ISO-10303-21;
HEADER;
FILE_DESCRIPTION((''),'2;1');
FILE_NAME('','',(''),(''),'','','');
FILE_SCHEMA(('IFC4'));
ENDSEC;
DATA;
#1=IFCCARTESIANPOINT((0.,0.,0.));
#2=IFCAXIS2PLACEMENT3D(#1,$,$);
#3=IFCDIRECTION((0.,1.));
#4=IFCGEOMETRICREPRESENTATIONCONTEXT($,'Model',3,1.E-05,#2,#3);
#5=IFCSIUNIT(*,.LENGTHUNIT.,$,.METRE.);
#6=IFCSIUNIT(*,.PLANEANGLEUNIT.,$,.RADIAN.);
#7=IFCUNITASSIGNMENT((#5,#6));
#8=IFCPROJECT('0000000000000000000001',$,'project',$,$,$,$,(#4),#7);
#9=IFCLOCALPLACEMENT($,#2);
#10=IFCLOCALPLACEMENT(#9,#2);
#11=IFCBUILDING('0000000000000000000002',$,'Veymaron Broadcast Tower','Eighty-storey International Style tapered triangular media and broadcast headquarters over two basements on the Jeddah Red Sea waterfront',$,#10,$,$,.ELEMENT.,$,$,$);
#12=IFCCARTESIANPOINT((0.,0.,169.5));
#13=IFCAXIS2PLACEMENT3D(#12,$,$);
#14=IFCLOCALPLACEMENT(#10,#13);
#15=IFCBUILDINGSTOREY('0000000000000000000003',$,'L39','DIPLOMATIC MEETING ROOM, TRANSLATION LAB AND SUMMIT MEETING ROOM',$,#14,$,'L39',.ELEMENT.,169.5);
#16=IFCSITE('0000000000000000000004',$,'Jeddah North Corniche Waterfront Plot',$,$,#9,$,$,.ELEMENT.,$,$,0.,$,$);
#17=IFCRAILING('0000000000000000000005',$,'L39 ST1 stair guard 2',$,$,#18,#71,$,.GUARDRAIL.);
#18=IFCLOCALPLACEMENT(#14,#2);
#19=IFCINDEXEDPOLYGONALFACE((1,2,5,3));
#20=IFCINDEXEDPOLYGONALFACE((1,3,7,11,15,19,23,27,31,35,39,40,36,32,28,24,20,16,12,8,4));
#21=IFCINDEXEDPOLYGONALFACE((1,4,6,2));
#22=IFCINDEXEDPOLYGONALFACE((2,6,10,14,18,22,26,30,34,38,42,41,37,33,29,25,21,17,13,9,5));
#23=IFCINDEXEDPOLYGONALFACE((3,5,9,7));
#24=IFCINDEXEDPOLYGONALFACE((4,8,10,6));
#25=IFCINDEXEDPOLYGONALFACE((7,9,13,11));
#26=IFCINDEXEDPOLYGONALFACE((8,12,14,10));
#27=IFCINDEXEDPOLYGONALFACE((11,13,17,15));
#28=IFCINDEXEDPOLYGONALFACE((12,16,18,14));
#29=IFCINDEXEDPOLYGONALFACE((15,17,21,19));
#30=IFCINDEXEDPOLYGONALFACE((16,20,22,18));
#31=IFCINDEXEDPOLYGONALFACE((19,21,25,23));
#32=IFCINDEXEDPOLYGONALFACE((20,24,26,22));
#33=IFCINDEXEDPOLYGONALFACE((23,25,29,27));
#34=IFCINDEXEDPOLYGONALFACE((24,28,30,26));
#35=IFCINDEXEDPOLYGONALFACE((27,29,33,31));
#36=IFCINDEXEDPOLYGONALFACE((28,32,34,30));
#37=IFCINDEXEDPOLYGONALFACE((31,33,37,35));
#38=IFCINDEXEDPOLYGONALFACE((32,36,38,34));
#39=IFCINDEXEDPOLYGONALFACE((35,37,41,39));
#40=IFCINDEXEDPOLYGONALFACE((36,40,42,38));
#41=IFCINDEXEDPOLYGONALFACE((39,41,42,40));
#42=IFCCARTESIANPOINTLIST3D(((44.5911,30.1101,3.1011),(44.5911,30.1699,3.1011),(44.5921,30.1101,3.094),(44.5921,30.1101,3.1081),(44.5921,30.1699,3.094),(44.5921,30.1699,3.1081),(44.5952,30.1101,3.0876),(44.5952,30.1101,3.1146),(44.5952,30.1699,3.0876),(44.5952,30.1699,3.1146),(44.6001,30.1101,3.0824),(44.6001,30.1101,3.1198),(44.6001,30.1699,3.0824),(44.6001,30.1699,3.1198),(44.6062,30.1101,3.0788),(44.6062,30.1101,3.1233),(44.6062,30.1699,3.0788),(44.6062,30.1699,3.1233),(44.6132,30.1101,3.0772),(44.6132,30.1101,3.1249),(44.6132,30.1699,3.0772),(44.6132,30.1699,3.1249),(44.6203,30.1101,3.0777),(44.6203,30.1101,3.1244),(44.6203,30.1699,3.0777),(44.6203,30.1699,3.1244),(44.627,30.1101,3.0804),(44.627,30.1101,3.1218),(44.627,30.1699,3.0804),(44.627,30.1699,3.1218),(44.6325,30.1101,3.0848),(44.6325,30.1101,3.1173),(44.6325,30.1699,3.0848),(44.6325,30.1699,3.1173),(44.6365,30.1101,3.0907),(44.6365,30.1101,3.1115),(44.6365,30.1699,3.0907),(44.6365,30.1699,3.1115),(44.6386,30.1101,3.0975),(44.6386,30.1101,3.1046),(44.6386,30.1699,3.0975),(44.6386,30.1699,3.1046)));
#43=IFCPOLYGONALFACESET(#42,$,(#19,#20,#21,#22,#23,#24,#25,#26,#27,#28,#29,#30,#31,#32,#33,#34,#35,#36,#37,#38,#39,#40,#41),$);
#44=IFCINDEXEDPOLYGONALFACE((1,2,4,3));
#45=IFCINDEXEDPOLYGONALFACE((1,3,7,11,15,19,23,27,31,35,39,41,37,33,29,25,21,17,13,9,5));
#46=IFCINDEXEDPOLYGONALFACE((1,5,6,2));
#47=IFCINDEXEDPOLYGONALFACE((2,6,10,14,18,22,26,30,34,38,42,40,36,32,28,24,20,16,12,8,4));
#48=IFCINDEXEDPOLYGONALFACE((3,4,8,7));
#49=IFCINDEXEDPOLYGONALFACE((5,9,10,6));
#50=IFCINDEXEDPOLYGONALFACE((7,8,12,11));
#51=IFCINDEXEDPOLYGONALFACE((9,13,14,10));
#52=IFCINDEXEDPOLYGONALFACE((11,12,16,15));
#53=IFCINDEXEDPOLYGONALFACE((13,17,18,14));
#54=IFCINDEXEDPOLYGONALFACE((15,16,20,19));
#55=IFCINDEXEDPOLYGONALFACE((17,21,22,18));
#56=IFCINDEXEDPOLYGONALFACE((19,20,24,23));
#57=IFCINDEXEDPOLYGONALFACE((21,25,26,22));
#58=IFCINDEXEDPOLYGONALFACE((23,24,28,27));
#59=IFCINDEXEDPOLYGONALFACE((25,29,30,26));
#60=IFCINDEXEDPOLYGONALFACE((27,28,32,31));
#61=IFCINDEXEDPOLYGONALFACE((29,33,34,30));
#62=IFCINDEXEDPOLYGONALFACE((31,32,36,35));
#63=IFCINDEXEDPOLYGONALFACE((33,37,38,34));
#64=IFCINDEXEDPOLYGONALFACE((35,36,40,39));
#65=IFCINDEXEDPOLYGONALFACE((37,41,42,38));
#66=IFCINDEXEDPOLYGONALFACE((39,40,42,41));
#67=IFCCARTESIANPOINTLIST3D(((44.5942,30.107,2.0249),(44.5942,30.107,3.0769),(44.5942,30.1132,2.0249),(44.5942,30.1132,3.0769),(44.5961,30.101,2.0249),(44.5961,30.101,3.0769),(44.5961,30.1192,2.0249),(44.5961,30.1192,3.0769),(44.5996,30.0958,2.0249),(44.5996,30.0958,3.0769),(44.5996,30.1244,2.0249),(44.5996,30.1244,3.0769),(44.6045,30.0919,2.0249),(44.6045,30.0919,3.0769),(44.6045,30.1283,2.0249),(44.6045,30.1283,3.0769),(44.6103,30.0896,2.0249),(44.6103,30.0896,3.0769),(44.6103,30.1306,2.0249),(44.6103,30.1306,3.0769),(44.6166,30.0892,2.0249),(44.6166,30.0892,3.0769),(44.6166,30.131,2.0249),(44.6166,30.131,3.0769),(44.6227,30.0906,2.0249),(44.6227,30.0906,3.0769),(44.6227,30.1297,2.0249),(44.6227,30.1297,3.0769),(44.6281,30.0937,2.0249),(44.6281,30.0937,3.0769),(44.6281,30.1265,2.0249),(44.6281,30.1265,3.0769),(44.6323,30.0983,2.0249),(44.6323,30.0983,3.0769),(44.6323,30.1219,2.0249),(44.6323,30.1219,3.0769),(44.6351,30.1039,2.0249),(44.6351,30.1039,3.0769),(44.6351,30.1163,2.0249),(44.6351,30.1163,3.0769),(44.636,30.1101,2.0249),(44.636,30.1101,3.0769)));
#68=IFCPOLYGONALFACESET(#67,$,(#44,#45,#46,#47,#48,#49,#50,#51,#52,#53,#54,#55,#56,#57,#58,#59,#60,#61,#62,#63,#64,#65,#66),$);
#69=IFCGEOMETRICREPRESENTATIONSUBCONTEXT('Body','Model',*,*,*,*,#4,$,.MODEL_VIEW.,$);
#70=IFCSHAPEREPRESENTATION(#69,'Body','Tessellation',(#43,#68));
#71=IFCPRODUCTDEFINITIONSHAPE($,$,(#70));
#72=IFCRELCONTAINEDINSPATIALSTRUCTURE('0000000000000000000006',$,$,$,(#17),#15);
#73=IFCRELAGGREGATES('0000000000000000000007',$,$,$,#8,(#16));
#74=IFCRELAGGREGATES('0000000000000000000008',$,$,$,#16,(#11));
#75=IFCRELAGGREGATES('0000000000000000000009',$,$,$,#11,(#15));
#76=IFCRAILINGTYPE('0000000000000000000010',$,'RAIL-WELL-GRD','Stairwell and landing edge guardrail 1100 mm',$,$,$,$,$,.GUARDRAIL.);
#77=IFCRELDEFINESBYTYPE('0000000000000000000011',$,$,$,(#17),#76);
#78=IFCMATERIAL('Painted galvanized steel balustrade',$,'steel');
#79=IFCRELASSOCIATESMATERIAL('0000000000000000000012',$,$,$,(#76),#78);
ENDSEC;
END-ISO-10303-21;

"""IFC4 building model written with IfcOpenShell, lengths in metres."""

from ifc_helpers import new_model, si_unit, direction, frame, origin, origin_2d, place, context, subcontext, project, spatial, circle, extrude, material, type_object, element, save


model = new_model("IFC4")

# Units and contexts
model_context = context("Model", 3, precision=1e-05, world=origin(), true_north=direction((0.0, 1.0)))
body_context = subcontext(model_context, "Body", "Model", "MODEL_VIEW")
ifc_project = project(units=[si_unit("LENGTHUNIT", "METRE"), si_unit("PLANEANGLEUNIT", "RADIAN")], contexts=[model_context])

# Site, building, storey
site_placement = place(None, origin())
site = spatial("IfcSite", under=ifc_project, at=site_placement, Name="Jeddah North Corniche Waterfront Plot", CompositionType="ELEMENT", RefElevation=0.0)
building_placement = place(site_placement, origin())
building = spatial("IfcBuilding", under=site, at=building_placement, Name="Veymaron Broadcast Tower", Description="Eighty-storey International Style tapered triangular media and broadcast headquarters over two basements on the Jeddah Red Sea waterfront", CompositionType="ELEMENT")
storey_placement = place(building_placement, frame((0.0, 0.0, 169.5)))
storey = spatial("IfcBuildingStorey", under=building, at=storey_placement, Name="L39", Description="DIPLOMATIC MEETING ROOM, TRANSLATION LAB AND SUMMIT MEETING ROOM", LongName="L39", CompositionType="ELEMENT", Elevation=169.5)

# Railing
ifc_material_1 = material(Name="Painted galvanized steel balustrade", Category="steel")
railing_type_1 = type_object("IfcRailingType", Name="RAIL-WELL-GRD", Description="Stairwell and landing edge guardrail 1100 mm", PredefinedType="GUARDRAIL", material=ifc_material_1)
railing_1_placement = place(storey_placement, frame((44.615, 30.1101, 2.0249)))
element("IfcRailing", 1, at=railing_1_placement, inside=storey, type_object=railing_type_1, Name="L39 ST1 stair guard 2", PredefinedType="GUARDRAIL", context=body_context, shape_type="SweptSolid", body=[
    extrude(circle(Radius=0.0239, at=origin_2d()), frame((0.0, 0.0, 1.0762), z_axis=(0.0, 1.0, 0.0), x_axis=(-1.0, 0.0, 0.0)), (0.0, 0.0, 1.0), 0.0598),
    extrude(circle(Radius=0.021, at=origin_2d()), origin(), (0.0, 0.0, 1.0), 1.052),
])

save(model, "model.ifc")
